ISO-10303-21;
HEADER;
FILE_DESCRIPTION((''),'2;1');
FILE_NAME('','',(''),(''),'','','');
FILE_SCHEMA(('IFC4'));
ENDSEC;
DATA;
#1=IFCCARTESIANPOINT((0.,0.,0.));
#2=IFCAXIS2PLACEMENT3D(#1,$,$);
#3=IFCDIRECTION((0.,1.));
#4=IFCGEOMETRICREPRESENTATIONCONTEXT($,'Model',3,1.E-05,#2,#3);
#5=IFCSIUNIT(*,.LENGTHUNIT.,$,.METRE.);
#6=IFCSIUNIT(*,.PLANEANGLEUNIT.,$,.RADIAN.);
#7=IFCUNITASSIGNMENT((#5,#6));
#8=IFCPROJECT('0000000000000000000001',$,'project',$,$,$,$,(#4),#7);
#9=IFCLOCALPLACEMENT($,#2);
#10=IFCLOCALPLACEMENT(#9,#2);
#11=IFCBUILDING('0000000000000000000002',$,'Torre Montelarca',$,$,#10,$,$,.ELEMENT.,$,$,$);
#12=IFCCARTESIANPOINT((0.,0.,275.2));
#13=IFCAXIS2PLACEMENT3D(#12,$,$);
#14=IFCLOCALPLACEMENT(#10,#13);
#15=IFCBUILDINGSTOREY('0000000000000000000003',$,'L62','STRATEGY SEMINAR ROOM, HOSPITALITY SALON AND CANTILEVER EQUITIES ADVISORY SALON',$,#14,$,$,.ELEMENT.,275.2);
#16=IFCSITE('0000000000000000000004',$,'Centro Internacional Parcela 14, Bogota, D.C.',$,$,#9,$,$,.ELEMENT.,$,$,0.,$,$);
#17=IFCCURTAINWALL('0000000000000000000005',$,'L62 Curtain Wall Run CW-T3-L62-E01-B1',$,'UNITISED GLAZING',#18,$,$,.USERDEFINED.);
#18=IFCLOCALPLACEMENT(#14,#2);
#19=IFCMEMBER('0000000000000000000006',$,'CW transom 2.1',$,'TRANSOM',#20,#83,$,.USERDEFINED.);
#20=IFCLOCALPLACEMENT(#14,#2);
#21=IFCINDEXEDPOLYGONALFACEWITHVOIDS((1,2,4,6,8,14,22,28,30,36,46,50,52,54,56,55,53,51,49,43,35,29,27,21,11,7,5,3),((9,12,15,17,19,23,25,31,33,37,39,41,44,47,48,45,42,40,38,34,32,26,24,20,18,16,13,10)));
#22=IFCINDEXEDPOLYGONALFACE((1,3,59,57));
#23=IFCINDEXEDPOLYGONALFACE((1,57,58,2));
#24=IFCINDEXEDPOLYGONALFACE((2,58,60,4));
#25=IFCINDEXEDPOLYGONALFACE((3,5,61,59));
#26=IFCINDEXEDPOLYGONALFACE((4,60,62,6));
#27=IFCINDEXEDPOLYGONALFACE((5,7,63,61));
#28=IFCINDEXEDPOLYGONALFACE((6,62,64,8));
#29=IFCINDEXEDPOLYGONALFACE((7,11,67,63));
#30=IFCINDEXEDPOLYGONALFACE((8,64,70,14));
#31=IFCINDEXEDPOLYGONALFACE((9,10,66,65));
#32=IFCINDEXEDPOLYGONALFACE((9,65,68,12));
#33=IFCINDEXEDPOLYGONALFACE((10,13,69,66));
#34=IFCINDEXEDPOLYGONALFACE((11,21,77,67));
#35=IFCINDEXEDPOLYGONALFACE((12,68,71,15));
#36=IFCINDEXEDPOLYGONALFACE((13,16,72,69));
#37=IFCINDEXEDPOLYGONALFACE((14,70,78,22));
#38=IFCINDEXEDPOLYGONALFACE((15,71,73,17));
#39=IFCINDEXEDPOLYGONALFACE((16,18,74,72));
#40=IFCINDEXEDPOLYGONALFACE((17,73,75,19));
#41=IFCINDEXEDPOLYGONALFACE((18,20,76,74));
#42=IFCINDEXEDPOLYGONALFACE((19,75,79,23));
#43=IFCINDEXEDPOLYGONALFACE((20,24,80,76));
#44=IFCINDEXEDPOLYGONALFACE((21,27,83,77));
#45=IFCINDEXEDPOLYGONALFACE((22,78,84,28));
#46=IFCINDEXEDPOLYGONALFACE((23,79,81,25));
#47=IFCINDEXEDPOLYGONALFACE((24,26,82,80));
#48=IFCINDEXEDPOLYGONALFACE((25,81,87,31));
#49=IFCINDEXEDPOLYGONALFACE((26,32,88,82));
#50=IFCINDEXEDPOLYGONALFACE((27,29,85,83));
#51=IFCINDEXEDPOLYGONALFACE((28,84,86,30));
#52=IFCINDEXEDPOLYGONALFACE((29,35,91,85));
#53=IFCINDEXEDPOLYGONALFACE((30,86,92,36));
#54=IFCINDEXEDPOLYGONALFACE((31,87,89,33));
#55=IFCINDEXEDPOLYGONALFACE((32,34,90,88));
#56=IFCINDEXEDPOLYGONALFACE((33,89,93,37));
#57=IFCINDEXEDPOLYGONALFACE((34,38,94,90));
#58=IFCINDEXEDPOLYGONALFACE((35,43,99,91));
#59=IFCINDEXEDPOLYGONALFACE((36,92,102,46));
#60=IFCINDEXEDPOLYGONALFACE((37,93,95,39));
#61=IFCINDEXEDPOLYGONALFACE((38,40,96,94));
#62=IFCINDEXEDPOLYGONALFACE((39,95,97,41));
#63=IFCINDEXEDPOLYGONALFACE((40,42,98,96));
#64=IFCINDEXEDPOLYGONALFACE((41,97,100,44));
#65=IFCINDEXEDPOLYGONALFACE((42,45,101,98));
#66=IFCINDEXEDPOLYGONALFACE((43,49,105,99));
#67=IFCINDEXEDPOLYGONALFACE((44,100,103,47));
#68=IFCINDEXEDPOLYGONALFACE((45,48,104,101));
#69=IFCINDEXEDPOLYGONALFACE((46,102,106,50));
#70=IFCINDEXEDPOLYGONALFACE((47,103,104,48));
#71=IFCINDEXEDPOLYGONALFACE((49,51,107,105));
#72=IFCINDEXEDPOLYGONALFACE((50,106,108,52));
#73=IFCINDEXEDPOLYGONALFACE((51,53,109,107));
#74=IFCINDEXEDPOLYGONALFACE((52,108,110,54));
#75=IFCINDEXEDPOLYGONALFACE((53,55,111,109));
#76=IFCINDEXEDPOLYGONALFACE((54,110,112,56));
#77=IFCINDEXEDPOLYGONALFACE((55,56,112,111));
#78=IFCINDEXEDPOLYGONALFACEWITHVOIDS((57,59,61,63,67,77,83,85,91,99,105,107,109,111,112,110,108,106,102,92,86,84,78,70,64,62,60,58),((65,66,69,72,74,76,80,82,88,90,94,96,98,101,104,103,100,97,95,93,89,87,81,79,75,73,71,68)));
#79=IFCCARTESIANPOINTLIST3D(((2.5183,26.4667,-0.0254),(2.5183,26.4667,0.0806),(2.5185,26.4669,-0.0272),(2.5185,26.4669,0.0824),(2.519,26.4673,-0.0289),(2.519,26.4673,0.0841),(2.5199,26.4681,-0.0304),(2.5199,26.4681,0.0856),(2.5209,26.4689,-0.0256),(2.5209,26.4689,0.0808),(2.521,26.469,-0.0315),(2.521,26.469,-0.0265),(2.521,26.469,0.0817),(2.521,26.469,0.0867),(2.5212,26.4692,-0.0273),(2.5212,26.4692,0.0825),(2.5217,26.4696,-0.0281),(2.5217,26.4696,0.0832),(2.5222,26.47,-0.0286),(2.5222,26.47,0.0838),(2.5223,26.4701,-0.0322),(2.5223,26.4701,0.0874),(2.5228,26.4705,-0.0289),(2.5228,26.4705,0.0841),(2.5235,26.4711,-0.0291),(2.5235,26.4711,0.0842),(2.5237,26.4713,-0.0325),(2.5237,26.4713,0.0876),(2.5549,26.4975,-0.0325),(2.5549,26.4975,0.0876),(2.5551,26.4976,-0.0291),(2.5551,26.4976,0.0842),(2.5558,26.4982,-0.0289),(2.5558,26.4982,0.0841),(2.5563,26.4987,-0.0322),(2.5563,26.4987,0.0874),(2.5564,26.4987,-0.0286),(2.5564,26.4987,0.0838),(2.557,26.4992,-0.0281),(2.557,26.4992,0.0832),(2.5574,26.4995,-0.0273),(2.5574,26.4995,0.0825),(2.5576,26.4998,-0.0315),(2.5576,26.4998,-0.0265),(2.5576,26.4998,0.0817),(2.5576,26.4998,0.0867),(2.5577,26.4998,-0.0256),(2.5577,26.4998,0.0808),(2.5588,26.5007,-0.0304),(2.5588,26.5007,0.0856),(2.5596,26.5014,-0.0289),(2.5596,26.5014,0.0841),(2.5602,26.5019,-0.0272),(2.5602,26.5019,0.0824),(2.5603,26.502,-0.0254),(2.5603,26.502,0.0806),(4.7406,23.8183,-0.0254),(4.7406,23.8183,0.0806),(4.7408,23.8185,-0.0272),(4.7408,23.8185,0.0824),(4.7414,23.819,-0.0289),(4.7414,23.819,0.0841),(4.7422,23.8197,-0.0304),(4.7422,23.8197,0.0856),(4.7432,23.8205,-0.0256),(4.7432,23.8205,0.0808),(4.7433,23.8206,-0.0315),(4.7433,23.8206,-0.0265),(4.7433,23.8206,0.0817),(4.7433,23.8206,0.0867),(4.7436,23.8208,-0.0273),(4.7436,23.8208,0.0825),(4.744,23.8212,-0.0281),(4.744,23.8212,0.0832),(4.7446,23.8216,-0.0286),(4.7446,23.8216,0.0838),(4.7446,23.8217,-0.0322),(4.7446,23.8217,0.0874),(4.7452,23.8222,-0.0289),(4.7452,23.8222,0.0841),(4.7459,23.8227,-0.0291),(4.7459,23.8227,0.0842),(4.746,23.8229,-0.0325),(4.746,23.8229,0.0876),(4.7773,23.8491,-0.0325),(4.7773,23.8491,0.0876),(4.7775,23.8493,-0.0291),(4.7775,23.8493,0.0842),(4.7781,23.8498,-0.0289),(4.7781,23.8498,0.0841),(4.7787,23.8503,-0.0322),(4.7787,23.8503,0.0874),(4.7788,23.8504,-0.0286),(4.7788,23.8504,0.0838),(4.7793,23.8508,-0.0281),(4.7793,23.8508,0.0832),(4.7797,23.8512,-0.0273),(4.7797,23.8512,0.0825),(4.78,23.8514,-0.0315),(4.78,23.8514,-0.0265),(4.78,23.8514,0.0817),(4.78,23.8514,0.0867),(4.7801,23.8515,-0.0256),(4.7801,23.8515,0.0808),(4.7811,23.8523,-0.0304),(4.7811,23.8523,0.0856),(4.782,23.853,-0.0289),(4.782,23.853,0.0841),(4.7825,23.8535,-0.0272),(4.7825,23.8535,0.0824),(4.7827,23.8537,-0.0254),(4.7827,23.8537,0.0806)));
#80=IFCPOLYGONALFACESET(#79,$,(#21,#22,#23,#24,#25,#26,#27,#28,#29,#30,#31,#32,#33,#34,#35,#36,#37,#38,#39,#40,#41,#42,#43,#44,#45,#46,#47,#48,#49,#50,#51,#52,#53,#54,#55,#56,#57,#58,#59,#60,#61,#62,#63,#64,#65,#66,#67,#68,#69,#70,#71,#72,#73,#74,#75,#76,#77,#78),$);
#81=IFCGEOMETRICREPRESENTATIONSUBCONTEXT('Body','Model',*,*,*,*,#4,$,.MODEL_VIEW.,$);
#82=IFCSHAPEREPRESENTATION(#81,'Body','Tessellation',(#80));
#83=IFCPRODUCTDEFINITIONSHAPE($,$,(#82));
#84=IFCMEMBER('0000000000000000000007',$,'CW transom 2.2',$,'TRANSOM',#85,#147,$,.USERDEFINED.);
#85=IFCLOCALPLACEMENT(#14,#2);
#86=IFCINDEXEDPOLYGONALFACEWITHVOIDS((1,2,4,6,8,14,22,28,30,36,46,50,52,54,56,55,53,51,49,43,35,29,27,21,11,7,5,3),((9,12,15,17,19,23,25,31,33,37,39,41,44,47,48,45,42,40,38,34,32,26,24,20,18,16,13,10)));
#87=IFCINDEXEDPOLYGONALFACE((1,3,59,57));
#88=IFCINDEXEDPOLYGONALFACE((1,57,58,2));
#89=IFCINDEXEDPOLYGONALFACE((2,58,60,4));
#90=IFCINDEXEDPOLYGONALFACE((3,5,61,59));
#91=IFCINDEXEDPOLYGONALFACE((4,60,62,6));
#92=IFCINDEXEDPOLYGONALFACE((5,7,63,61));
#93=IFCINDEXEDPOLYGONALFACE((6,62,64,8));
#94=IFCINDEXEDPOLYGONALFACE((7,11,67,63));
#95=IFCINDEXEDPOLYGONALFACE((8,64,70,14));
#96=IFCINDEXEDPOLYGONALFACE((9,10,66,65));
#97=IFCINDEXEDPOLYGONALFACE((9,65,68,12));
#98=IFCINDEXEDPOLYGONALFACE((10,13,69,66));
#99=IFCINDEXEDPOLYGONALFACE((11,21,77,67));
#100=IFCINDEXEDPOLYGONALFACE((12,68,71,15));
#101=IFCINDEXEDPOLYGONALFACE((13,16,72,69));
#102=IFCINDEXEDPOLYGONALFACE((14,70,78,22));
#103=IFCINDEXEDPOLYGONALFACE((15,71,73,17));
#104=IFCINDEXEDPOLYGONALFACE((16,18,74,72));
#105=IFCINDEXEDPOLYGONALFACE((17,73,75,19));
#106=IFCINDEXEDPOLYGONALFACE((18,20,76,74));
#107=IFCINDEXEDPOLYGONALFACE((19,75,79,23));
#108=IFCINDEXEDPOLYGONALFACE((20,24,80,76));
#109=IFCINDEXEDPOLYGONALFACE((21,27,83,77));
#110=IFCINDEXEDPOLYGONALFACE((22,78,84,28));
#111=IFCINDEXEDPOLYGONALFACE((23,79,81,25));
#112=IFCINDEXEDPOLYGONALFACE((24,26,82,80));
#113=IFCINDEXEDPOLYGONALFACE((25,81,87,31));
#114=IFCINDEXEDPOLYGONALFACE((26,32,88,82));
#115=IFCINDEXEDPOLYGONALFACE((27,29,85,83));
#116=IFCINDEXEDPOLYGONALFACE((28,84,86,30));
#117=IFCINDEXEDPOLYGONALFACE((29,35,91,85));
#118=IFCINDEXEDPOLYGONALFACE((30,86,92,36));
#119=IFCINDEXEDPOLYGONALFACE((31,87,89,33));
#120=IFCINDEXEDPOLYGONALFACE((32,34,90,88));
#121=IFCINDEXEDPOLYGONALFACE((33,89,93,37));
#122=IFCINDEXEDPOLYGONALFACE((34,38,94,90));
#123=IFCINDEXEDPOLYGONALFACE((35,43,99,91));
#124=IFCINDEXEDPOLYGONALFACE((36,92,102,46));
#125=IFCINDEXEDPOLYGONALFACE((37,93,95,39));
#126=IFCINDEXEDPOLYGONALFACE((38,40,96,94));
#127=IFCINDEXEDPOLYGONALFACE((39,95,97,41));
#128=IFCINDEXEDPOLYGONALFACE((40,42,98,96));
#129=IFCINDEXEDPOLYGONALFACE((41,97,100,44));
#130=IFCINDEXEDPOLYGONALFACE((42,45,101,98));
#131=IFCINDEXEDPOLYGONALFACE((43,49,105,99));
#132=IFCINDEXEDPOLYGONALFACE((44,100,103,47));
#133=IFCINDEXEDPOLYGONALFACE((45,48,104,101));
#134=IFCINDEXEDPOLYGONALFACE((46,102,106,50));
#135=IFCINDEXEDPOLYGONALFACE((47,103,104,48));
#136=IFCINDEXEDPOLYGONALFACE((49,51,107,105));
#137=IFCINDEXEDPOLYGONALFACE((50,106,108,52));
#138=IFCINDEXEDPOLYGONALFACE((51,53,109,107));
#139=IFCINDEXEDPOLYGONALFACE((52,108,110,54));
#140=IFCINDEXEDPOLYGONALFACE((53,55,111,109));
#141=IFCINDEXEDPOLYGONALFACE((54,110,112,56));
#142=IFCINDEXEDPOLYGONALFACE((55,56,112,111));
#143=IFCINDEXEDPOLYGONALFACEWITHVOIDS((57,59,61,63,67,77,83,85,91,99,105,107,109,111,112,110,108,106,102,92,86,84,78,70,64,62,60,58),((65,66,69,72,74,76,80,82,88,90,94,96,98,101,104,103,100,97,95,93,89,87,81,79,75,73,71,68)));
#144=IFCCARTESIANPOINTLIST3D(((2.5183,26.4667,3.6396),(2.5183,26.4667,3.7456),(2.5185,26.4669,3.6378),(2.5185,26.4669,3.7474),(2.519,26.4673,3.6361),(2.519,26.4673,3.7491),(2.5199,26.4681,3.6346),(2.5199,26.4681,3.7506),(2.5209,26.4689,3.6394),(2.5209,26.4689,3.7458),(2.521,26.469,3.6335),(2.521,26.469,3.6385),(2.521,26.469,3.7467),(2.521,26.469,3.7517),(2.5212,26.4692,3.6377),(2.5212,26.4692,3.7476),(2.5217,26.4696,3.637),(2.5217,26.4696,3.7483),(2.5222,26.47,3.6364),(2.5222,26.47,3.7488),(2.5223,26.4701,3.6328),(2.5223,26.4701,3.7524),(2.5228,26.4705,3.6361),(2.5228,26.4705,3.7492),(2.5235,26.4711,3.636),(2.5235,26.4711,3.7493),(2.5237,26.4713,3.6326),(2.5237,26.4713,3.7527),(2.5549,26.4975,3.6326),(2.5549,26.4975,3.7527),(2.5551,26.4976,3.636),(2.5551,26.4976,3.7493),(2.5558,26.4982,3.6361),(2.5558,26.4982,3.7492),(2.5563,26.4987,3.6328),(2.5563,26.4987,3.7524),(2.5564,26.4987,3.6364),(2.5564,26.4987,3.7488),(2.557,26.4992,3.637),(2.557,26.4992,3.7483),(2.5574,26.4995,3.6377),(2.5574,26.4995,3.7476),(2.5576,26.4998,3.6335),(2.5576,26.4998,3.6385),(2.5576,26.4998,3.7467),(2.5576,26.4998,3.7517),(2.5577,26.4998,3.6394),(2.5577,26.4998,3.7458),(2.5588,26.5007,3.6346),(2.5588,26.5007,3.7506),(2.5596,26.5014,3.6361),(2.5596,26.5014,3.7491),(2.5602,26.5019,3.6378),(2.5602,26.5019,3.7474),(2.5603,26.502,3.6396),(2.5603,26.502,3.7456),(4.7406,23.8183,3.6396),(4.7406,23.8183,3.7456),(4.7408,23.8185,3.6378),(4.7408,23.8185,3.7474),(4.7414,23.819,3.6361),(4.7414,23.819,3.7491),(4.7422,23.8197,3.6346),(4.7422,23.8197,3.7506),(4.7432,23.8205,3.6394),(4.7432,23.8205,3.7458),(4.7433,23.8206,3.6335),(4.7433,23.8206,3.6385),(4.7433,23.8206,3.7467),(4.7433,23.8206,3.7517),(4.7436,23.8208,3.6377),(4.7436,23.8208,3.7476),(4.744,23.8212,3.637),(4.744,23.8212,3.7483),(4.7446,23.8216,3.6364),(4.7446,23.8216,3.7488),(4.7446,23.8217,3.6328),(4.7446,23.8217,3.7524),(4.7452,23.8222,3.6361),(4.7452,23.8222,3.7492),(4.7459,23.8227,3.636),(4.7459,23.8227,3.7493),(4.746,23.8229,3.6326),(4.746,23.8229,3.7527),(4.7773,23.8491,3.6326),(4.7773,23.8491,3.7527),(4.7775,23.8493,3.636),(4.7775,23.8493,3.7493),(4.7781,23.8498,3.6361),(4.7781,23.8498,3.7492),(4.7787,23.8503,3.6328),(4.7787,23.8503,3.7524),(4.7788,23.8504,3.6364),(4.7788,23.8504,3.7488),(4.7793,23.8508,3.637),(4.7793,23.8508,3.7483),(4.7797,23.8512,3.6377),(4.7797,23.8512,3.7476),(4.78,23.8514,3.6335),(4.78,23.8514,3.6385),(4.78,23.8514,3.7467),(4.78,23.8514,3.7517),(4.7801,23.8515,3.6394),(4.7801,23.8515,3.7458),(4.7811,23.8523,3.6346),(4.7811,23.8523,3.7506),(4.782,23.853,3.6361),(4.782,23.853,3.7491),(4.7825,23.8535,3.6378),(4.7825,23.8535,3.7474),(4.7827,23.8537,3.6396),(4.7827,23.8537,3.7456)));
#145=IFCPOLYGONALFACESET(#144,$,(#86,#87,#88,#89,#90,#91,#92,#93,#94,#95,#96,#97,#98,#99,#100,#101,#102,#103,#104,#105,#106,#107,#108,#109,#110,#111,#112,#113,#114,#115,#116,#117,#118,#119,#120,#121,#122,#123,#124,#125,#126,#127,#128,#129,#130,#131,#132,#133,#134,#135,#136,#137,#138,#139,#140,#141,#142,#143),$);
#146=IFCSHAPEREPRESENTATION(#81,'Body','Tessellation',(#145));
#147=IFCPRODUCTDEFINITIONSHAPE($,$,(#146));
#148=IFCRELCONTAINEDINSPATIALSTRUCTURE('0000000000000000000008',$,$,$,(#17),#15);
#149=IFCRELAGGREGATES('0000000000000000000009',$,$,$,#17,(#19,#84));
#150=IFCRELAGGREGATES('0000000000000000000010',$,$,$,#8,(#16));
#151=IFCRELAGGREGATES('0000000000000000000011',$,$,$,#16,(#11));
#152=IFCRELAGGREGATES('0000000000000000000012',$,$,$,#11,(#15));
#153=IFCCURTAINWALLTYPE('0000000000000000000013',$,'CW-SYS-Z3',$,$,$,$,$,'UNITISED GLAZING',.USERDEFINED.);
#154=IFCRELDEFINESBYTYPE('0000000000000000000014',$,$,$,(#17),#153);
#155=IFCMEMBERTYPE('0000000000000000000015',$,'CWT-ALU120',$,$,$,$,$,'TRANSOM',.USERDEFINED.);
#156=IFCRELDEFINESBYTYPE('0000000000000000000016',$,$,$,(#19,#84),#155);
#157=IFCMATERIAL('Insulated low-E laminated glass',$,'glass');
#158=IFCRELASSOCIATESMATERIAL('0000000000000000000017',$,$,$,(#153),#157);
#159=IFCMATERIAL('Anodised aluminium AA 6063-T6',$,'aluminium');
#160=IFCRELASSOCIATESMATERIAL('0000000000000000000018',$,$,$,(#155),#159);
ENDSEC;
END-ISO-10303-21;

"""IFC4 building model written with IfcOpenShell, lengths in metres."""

from ifc_helpers import new_model, si_unit, direction, frame, origin, origin_2d, place, context, subcontext, project, spatial, hollow_rectangle, extrude, source, transform, mapped, material, material_profile, profile_set, type_object, element, aggregate, save


model = new_model("IFC4")

# Units and contexts
model_context = context("Model", 3, precision=1e-05, world=origin(), true_north=direction((0.0, 1.0)))
body_context = subcontext(model_context, "Body", "Model", "MODEL_VIEW")
ifc_project = project(units=[si_unit("LENGTHUNIT", "METRE"), si_unit("PLANEANGLEUNIT", "RADIAN")], contexts=[model_context])

# Site, building, storey
site_placement = place(None, origin())
site = spatial("IfcSite", under=ifc_project, at=site_placement, Name="Centro Internacional Parcela 14, Bogota, D.C.", CompositionType="ELEMENT", RefElevation=0.0)
building_placement = place(site_placement, origin())
building = spatial("IfcBuilding", under=site, at=building_placement, Name="Torre Montelarca", CompositionType="ELEMENT")
storey_placement = place(building_placement, frame((0.0, 0.0, 275.2)))
storey = spatial("IfcBuildingStorey", under=building, at=storey_placement, Name="L62", Description="STRATEGY SEMINAR ROOM, HOSPITALITY SALON AND CANTILEVER EQUITIES ADVISORY SALON", CompositionType="ELEMENT", Elevation=275.2)

# Curtain wall
ifc_material_1 = material(Name="Insulated low-E laminated glass", Category="glass")
curtain_wall_type = type_object("IfcCurtainWallType", Name="CW-SYS-Z3", ElementType="UNITISED GLAZING", PredefinedType="USERDEFINED", material=ifc_material_1)
curtain_wall_1_placement = place(storey_placement, origin())
curtain_wall_1 = element("IfcCurtainWall", 1, at=curtain_wall_1_placement, inside=storey, type_object=curtain_wall_type, Name="L62 Curtain Wall Run CW-T3-L62-E01-B1", ObjectType="UNITISED GLAZING", PredefinedType="USERDEFINED")
ifc_material_2 = material(Name="Anodised aluminium AA 6063-T6", Category="aluminium")

# Members
ifc_material_profile_1 = material_profile(ifc_material_2, hollow_rectangle(XDim=0.0549, YDim=0.1201, WallThickness=0.0034, InnerFilletRadius=0.0034, OuterFilletRadius=0.0071, at=origin_2d()), Name="ALU55X120X3.5", Category="aluminium")
ifc_profile_set_1 = profile_set([ifc_material_profile_1], Name="Anodised aluminium AA 6063-T6")
member_type_1 = type_object("IfcMemberType", Name="CWT-ALU120", ElementType="TRANSOM", PredefinedType="USERDEFINED", material=ifc_profile_set_1)
shared_shape_1 = source(origin(), body_context, "Body", "SweptSolid", [
    extrude(hollow_rectangle(XDim=0.0549, YDim=0.1201, WallThickness=0.0034, InnerFilletRadius=0.0034, OuterFilletRadius=0.0071, at=origin_2d()), origin(), (0.0, 0.0, 1.0), 3.4573),
])
member_1_placement = place(storey_placement, frame((2.5393, 26.4844, 0.0276), z_axis=(0.642806, -0.766029, 0.0), x_axis=(0.766029, 0.642806, 0.0)))
member_1 = element("IfcMember", 2, at=member_1_placement, type_object=member_type_1, Name="CW transom 2.1", ObjectType="TRANSOM", PredefinedType="USERDEFINED", context=body_context, shape_type="MappedRepresentation", body=[
    mapped(shared_shape_1, transform((0.0, 0.0, 0.0), scale=1.0)),
])
member_2_placement = place(storey_placement, frame((2.5393, 26.4844, 3.6926), z_axis=(0.642806, -0.766029, 0.0), x_axis=(0.766029, 0.642806, 0.0)))
member_2 = element("IfcMember", 3, at=member_2_placement, type_object=member_type_1, Name="CW transom 2.2", ObjectType="TRANSOM", PredefinedType="USERDEFINED", context=body_context, shape_type="MappedRepresentation", body=[
    mapped(shared_shape_1, transform((0.0, 0.0, 0.0), scale=1.0)),
])

aggregate(curtain_wall_1, [member_1, member_2])

save(model, "model.ifc")
